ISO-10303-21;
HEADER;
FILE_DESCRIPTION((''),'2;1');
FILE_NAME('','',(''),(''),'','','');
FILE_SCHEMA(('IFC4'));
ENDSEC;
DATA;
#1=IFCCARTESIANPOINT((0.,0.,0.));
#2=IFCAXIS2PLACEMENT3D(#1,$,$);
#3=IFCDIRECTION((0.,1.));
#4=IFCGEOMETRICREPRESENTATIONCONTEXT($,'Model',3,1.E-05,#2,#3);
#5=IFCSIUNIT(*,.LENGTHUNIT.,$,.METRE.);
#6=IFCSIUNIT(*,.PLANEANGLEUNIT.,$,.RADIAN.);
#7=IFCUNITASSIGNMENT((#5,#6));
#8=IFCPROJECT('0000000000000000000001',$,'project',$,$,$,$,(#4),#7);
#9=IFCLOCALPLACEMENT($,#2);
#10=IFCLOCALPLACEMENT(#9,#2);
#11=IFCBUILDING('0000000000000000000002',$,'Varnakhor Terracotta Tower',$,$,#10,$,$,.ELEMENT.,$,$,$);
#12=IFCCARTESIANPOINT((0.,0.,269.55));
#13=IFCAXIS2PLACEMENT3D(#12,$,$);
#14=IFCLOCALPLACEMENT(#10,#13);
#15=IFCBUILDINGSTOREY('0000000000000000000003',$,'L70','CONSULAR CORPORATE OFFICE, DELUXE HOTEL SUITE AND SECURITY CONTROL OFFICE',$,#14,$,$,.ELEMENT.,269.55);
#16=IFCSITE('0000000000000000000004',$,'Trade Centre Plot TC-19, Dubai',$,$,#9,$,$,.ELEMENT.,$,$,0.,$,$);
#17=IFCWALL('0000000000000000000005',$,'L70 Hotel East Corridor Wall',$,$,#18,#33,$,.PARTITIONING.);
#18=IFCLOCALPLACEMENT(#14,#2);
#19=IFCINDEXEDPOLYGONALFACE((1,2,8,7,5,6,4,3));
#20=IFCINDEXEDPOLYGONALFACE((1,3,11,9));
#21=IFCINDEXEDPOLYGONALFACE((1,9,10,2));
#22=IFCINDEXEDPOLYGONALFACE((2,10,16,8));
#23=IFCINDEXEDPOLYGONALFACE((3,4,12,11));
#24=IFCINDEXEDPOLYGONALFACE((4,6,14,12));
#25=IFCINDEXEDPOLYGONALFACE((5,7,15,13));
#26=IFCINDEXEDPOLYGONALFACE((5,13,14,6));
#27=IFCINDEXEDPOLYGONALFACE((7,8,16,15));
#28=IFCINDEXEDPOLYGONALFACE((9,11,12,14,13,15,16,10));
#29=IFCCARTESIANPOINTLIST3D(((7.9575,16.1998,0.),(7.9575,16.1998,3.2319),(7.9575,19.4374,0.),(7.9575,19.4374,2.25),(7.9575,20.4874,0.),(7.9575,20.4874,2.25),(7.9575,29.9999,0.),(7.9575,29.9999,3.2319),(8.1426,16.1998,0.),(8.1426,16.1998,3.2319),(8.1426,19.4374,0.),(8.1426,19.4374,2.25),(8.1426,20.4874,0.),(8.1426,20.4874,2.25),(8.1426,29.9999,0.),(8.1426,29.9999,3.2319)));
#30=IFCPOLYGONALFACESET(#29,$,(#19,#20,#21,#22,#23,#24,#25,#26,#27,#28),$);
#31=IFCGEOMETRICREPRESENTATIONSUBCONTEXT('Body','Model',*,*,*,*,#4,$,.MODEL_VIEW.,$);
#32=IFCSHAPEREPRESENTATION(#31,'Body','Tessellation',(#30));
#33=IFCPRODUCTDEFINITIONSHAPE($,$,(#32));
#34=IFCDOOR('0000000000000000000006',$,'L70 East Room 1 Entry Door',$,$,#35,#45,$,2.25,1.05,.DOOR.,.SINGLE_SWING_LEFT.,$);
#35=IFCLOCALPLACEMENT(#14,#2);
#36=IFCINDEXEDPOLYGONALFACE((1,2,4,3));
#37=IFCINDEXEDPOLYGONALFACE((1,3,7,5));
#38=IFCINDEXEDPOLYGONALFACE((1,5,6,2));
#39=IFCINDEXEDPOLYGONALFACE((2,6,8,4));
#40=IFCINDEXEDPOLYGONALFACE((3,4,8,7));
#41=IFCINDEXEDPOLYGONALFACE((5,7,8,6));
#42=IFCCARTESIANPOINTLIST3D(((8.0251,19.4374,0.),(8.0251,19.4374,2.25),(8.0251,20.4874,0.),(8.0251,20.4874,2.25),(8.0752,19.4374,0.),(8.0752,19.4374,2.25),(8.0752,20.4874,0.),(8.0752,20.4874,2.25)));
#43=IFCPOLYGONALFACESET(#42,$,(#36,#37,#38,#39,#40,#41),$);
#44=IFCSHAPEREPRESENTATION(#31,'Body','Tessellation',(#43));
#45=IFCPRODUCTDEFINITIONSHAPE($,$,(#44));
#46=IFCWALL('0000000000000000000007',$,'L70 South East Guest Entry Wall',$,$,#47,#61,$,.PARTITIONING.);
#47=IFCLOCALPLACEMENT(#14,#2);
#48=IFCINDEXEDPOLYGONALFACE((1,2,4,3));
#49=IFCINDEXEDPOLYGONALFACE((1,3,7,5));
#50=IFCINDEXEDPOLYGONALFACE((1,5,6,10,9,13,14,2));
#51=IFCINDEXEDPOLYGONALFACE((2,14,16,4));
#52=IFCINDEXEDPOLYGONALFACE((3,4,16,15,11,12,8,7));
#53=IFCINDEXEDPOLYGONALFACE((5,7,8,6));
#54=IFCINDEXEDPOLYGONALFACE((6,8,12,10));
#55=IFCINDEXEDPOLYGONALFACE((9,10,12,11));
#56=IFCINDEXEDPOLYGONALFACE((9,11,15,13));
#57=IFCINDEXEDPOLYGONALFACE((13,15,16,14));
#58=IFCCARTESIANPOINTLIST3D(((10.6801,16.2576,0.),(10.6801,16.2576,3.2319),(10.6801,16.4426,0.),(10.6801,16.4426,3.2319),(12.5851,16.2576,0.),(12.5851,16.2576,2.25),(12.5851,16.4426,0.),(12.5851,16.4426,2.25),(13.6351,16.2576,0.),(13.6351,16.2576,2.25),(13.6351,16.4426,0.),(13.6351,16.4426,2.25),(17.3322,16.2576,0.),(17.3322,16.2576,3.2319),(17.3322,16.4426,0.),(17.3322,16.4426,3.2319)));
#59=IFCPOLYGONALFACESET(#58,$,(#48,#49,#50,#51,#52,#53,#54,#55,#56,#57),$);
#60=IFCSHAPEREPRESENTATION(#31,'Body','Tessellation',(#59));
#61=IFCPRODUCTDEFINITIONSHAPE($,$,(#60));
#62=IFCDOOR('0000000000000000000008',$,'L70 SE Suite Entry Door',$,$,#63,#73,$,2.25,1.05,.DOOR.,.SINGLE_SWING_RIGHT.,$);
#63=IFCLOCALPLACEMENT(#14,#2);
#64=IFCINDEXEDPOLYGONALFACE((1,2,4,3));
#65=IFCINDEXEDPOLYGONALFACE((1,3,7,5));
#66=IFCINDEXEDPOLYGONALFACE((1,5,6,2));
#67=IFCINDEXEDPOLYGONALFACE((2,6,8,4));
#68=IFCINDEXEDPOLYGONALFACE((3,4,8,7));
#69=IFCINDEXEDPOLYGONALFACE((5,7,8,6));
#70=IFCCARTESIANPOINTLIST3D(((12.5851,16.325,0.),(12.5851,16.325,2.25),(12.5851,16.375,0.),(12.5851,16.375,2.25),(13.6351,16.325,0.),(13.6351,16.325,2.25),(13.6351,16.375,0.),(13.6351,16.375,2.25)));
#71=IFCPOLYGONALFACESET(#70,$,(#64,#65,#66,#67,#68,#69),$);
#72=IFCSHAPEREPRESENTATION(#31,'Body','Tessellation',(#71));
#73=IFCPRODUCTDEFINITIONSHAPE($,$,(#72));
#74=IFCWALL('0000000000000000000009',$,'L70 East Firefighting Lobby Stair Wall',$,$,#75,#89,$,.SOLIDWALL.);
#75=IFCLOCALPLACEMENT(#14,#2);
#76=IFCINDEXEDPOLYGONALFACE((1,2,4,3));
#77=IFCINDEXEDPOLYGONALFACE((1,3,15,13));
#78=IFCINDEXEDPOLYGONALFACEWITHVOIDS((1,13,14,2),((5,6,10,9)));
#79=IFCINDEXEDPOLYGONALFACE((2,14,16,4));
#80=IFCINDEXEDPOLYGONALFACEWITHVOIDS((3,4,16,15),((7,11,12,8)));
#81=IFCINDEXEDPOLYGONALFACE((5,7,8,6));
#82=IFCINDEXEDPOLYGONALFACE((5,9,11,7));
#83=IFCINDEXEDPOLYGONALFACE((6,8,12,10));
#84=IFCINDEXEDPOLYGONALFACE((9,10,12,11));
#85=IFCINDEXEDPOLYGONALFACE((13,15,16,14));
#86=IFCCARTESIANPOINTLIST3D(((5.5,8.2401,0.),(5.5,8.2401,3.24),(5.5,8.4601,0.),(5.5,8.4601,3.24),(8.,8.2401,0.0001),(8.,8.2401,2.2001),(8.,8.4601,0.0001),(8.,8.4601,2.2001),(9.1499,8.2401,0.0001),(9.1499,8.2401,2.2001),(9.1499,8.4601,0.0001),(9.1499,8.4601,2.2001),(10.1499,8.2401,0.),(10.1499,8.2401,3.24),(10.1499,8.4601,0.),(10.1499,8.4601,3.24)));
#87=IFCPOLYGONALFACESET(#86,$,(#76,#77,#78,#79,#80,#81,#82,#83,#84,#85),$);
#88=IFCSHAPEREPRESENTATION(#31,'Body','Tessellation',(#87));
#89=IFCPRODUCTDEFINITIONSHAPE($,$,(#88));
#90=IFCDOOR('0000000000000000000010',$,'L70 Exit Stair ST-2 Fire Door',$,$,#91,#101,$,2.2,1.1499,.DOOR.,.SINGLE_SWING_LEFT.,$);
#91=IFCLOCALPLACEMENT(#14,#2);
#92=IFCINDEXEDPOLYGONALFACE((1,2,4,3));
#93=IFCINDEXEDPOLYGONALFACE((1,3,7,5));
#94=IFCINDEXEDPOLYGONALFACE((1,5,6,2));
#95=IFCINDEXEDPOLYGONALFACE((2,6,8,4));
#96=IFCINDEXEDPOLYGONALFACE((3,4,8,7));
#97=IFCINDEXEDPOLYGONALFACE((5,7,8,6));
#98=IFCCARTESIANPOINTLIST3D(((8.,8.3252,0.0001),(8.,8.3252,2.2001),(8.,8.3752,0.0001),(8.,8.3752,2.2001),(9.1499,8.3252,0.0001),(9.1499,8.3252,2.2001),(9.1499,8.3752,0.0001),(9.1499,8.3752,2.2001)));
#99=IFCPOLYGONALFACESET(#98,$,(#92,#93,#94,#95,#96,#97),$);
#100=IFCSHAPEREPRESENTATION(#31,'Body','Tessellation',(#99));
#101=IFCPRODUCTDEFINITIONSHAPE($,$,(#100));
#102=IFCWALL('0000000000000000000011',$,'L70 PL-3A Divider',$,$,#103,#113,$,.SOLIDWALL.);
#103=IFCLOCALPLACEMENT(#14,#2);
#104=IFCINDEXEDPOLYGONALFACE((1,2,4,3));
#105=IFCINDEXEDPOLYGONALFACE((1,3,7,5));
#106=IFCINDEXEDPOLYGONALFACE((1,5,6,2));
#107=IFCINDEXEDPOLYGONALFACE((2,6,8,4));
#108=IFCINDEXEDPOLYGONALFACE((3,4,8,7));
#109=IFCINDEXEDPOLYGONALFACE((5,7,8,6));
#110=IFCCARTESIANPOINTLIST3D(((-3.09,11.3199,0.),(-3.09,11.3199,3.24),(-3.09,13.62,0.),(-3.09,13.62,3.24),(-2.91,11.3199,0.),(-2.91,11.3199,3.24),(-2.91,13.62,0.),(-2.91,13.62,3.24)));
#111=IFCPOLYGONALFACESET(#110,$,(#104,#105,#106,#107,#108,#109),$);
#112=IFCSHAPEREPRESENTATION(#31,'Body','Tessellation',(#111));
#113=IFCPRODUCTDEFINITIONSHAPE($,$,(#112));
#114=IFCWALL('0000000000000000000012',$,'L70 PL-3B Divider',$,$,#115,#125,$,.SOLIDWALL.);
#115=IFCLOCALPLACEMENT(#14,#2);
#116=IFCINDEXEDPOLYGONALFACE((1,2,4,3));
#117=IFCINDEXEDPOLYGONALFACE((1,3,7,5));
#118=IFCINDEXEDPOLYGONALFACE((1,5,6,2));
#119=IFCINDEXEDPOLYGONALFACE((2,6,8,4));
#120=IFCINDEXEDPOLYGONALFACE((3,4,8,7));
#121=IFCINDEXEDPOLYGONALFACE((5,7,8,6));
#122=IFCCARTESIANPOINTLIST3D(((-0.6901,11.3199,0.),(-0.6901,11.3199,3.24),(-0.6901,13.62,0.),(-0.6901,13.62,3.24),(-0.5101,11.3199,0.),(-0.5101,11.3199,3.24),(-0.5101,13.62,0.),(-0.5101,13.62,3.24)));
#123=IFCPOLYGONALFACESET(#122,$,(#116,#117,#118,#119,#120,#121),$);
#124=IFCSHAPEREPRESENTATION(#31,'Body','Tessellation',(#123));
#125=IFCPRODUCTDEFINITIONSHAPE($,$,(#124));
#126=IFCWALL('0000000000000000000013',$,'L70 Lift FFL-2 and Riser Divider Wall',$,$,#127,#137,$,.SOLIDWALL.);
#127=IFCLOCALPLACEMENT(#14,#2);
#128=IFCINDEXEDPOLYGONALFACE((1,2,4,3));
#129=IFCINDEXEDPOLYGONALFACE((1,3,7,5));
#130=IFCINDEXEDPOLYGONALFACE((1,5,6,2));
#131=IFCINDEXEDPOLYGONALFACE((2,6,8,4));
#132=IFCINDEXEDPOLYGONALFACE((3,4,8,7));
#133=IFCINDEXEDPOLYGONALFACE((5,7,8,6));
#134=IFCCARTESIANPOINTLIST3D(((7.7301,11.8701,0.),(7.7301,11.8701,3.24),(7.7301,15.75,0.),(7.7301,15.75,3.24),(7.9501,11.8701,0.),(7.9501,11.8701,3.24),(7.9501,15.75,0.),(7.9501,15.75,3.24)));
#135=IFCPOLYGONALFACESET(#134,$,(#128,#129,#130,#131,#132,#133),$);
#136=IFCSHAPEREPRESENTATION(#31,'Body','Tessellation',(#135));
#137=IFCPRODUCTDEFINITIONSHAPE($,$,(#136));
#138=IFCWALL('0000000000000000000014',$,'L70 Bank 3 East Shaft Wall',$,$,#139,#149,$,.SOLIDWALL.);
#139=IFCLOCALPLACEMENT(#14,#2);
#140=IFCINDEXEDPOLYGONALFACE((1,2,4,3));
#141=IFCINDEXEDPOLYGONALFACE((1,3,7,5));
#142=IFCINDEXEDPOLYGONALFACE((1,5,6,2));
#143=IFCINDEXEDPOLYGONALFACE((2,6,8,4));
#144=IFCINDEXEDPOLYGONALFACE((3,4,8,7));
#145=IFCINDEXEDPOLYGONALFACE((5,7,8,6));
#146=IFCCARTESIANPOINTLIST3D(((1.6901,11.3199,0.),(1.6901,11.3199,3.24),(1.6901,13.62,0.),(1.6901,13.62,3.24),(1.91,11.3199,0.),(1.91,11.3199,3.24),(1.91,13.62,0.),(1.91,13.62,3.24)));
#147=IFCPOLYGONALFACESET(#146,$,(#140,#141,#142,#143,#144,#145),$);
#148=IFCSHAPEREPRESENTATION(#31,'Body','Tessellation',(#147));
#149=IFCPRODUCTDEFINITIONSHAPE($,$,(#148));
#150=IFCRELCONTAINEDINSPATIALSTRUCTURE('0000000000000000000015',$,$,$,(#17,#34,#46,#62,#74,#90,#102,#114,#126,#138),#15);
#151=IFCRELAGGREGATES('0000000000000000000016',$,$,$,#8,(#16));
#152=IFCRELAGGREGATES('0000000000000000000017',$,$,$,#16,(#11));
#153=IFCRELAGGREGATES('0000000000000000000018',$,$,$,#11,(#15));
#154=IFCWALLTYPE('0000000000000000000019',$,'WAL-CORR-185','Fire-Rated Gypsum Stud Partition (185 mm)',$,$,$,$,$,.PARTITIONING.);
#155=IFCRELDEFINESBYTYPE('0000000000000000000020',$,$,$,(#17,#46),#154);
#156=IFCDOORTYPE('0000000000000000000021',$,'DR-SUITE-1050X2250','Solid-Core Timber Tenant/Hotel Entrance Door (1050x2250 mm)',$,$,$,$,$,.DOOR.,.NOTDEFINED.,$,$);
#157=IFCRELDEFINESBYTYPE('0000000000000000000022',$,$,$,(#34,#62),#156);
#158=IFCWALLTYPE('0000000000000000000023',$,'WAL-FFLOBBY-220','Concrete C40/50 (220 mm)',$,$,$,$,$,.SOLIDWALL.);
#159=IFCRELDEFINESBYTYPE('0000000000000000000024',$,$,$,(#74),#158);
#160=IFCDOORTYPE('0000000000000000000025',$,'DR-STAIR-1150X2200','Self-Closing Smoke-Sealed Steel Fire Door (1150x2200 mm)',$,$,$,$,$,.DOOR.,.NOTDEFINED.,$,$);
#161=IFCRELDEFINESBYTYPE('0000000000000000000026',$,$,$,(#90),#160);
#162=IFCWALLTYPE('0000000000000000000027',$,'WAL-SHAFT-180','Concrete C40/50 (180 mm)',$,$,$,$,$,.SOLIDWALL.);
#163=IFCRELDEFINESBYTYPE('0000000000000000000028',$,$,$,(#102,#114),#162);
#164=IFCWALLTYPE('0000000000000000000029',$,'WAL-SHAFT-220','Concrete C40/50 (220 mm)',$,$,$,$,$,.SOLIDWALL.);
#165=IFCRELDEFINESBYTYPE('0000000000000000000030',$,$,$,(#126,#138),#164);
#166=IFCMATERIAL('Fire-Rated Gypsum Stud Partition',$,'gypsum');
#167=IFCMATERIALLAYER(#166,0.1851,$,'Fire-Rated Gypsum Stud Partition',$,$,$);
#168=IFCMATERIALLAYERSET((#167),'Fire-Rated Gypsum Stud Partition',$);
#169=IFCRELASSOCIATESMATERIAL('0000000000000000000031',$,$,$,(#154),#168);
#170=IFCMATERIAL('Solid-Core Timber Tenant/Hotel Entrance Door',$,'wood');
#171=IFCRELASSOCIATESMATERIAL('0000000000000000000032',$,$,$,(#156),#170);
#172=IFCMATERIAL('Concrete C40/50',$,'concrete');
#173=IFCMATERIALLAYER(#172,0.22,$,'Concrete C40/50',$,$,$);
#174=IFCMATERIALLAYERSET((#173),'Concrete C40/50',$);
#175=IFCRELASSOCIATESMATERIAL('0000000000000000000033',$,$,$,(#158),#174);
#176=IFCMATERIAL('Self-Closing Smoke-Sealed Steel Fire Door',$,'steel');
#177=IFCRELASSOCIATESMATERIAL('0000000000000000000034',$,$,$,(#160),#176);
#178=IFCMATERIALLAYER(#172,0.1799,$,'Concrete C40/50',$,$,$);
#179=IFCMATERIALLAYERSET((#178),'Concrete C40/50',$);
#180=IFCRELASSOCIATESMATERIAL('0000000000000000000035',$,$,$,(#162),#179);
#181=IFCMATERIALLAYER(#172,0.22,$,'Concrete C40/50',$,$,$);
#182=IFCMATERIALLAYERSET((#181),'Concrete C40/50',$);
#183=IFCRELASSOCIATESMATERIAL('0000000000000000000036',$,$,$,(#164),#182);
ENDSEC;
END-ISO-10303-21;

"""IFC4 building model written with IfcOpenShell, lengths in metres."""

from ifc_helpers import new_model, si_unit, direction, frame, frame_2d, origin, place, context, subcontext, project, spatial, rectangle, extrude, source, transform, mapped, material, layer, layer_set, type_object, type_shapes, element, fill, save


model = new_model("IFC4")

# Units and contexts
model_context = context("Model", 3, precision=1e-05, world=origin(), true_north=direction((0.0, 1.0)))
body_context = subcontext(model_context, "Body", "Model", "MODEL_VIEW")
ifc_project = project(units=[si_unit("LENGTHUNIT", "METRE"), si_unit("PLANEANGLEUNIT", "RADIAN")], contexts=[model_context])

# Site, building, storey
site_placement = place(None, origin())
site = spatial("IfcSite", under=ifc_project, at=site_placement, Name="Trade Centre Plot TC-19, Dubai", CompositionType="ELEMENT", RefElevation=0.0)
building_placement = place(site_placement, origin())
building = spatial("IfcBuilding", under=site, at=building_placement, Name="Varnakhor Terracotta Tower", CompositionType="ELEMENT")
storey_placement = place(building_placement, frame((0.0, 0.0, 269.55)))
storey = spatial("IfcBuildingStorey", under=building, at=storey_placement, Name="L70", Description="CONSULAR CORPORATE OFFICE, DELUXE HOTEL SUITE AND SECURITY CONTROL OFFICE", CompositionType="ELEMENT", Elevation=269.55)

# Shared definitions
ifc_material_1 = material(Name="Fire-Rated Gypsum Stud Partition", Category="gypsum")
ifc_layer_1 = layer(ifc_material_1, 0.1851, Name="Fire-Rated Gypsum Stud Partition")
ifc_layer_set_1 = layer_set([ifc_layer_1], Name="Fire-Rated Gypsum Stud Partition")
wall_type_1 = type_object("IfcWallType", Name="WAL-CORR-185", Description="Fire-Rated Gypsum Stud Partition (185 mm)", PredefinedType="PARTITIONING", material=ifc_layer_set_1)

# Walls, openings, doors
wall_1_placement = place(storey_placement, frame((8.05, 16.2, 0.0), z_axis=(0.0, 0.0, 1.0), x_axis=(0.0, 1.0, 0.0)))
wall_1 = element("IfcWall", 1, at=wall_1_placement, inside=storey, type_object=wall_type_1, Name="L70 Hotel East Corridor Wall", PredefinedType="PARTITIONING", context=body_context, shape_type="SweptSolid", body=[
    extrude(rectangle(XDim=13.8, YDim=0.1851, at=frame_2d((6.8999, 0.0))), origin(), (0.0, 0.0, 1.0), 3.2319),
])
opening_1_placement = place(wall_1_placement, frame((3.2375, 0.0, 0.0)))
opening_1 = element("IfcOpeningElement", 2, at=opening_1_placement, cuts=wall_1, PredefinedType="OPENING", context=body_context, shape_type="SweptSolid", body=[
    extrude(rectangle(XDim=1.05, YDim=2.25, at=frame_2d((0.5249, 1.125))), frame((0.0, 0.1025, 0.0), z_axis=(0.0, -1.0, 0.0), x_axis=(1.0, 0.0, 0.0)), (0.0, 0.0, 1.0), 0.2051),
])
ifc_material_2 = material(Name="Solid-Core Timber Tenant/Hotel Entrance Door", Category="wood")
door_type_1 = type_object("IfcDoorType", Name="DR-SUITE-1050X2250", Description="Solid-Core Timber Tenant/Hotel Entrance Door (1050x2250 mm)", OperationType="NOTDEFINED", PredefinedType="DOOR", material=ifc_material_2)
shared_shape_1 = source(origin(), body_context, "Body", "SweptSolid", [
    extrude(rectangle(XDim=1.05, YDim=2.25, at=frame_2d((0.5249, 1.125))), frame((0.0, 0.0249, 0.0), z_axis=(0.0, -1.0, 0.0), x_axis=(1.0, 0.0, 0.0)), (0.0, 0.0, 1.0), 0.05),
])
type_shapes(door_type_1, [shared_shape_1])
door_1_placement = place(opening_1_placement, origin())
door_1 = element("IfcDoor", 3, at=door_1_placement, inside=storey, type_object=door_type_1, Name="L70 East Room 1 Entry Door", OperationType="SINGLE_SWING_LEFT", OverallHeight=2.25, OverallWidth=1.05, PredefinedType="DOOR", context=body_context, shape_type="MappedRepresentation", body=[
    mapped(shared_shape_1, transform((0.0, 0.0, 0.0), scale=1.0)),
])
fill(opening_1, door_1)
wall_2_placement = place(storey_placement, frame((10.6799, 16.3501, 0.0), z_axis=(0.0, 0.0, 1.0), x_axis=(1.0, 0.0, 0.0)))
wall_2 = element("IfcWall", 4, at=wall_2_placement, inside=storey, type_object=wall_type_1, Name="L70 South East Guest Entry Wall", PredefinedType="PARTITIONING", context=body_context, shape_type="SweptSolid", body=[
    extrude(rectangle(XDim=6.6521, YDim=0.1851, at=frame_2d((3.3262, 0.0))), origin(), (0.0, 0.0, 1.0), 3.2319),
])
opening_2_placement = place(wall_2_placement, frame((1.9053, 0.0, 0.0)))
opening_2 = element("IfcOpeningElement", 5, at=opening_2_placement, cuts=wall_2, PredefinedType="OPENING", context=body_context, shape_type="SweptSolid", body=[
    extrude(rectangle(XDim=1.05, YDim=2.25, at=frame_2d((0.5249, 1.125))), frame((0.0, 0.1025, 0.0), z_axis=(0.0, -1.0, 0.0), x_axis=(1.0, 0.0, 0.0)), (0.0, 0.0, 1.0), 0.2051),
])
door_2_placement = place(opening_2_placement, origin())
door_2 = element("IfcDoor", 6, at=door_2_placement, inside=storey, type_object=door_type_1, Name="L70 SE Suite Entry Door", OperationType="SINGLE_SWING_RIGHT", OverallHeight=2.25, OverallWidth=1.05, PredefinedType="DOOR", context=body_context, shape_type="MappedRepresentation", body=[
    mapped(shared_shape_1, transform((0.0, 0.0, 0.0), scale=1.0)),
])
fill(opening_2, door_2)
ifc_material_3 = material(Name="Concrete C40/50", Category="concrete")
ifc_layer_2 = layer(ifc_material_3, 0.22, Name="Concrete C40/50")
ifc_layer_set_2 = layer_set([ifc_layer_2], Name="Concrete C40/50")
wall_type_2 = type_object("IfcWallType", Name="WAL-FFLOBBY-220", Description="Concrete C40/50 (220 mm)", PredefinedType="SOLIDWALL", material=ifc_layer_set_2)
wall_3_placement = place(storey_placement, frame((10.1499, 8.3501, 0.0), z_axis=(0.0, 0.0, 1.0), x_axis=(-1.0, 0.0, 0.0)))
wall_3 = element("IfcWall", 7, at=wall_3_placement, inside=storey, type_object=wall_type_2, Name="L70 East Firefighting Lobby Stair Wall", PredefinedType="SOLIDWALL", context=body_context, shape_type="SweptSolid", body=[
    extrude(rectangle(XDim=4.6499, YDim=0.22, at=frame_2d((2.325, 0.0))), origin(), (0.0, 0.0, 1.0), 3.24),
])
opening_3_placement = place(wall_3_placement, frame((1.0, 0.0, 0.0)))
opening_3 = element("IfcOpeningElement", 8, at=opening_3_placement, cuts=wall_3, PredefinedType="OPENING", context=body_context, shape_type="SweptSolid", body=[
    extrude(rectangle(XDim=1.1499, YDim=2.2, at=frame_2d((0.575, 1.1001))), frame((0.0, 0.1201, 0.0), z_axis=(0.0, -1.0, 0.0), x_axis=(1.0, 0.0, 0.0)), (0.0, 0.0, 1.0), 0.24),
])
ifc_material_4 = material(Name="Self-Closing Smoke-Sealed Steel Fire Door", Category="steel")
door_type_2 = type_object("IfcDoorType", Name="DR-STAIR-1150X2200", Description="Self-Closing Smoke-Sealed Steel Fire Door (1150x2200 mm)", OperationType="NOTDEFINED", PredefinedType="DOOR", material=ifc_material_4)
shared_shape_2 = source(origin(), body_context, "Body", "SweptSolid", [
    extrude(rectangle(XDim=1.1499, YDim=2.2, at=frame_2d((0.575, 1.1001))), frame((0.0, 0.0249, 0.0), z_axis=(0.0, -1.0, 0.0), x_axis=(1.0, 0.0, 0.0)), (0.0, 0.0, 1.0), 0.05),
])
type_shapes(door_type_2, [shared_shape_2])
door_3_placement = place(opening_3_placement, origin())
door_3 = element("IfcDoor", 9, at=door_3_placement, inside=storey, type_object=door_type_2, Name="L70 Exit Stair ST-2 Fire Door", OperationType="SINGLE_SWING_LEFT", OverallHeight=2.2, OverallWidth=1.1499, PredefinedType="DOOR", context=body_context, shape_type="MappedRepresentation", body=[
    mapped(shared_shape_2, transform((0.0, 0.0, 0.0), scale=1.0)),
])
fill(opening_3, door_3)

# Walls
ifc_layer_3 = layer(ifc_material_3, 0.1799, Name="Concrete C40/50")
ifc_layer_set_3 = layer_set([ifc_layer_3], Name="Concrete C40/50")
wall_type_3 = type_object("IfcWallType", Name="WAL-SHAFT-180", Description="Concrete C40/50 (180 mm)", PredefinedType="SOLIDWALL", material=ifc_layer_set_3)
for number, where, z_axis, x_axis, name in (
    (10, (-3.0, 11.3201, 0.0), (0.0, 0.0, 1.0), (0.0, 1.0, 0.0), "L70 PL-3A Divider"),
    (11, (-0.6001, 11.3201, 0.0), (0.0, 0.0, 1.0), (0.0, 1.0, 0.0), "L70 PL-3B Divider"),
):
    element("IfcWall", number, at=place(storey_placement, frame(where, z_axis=z_axis, x_axis=x_axis)), inside=storey, type_object=wall_type_3, Name=name, PredefinedType="SOLIDWALL", context=body_context, shape_type="SweptSolid", body=[
        extrude(rectangle(XDim=2.3, YDim=0.1799, at=frame_2d((1.1499, 0.0))), origin(), (0.0, 0.0, 1.0), 3.24),
    ])
ifc_layer_4 = layer(ifc_material_3, 0.22, Name="Concrete C40/50")
ifc_layer_set_4 = layer_set([ifc_layer_4], Name="Concrete C40/50")
wall_type_4 = type_object("IfcWallType", Name="WAL-SHAFT-220", Description="Concrete C40/50 (220 mm)", PredefinedType="SOLIDWALL", material=ifc_layer_set_4)
wall_4_placement = place(storey_placement, frame((7.8401, 11.8701, 0.0), z_axis=(0.0, 0.0, 1.0), x_axis=(0.0, 1.0, 0.0)))
element("IfcWall", 12, at=wall_4_placement, inside=storey, type_object=wall_type_4, Name="L70 Lift FFL-2 and Riser Divider Wall", PredefinedType="SOLIDWALL", context=body_context, shape_type="SweptSolid", body=[
    extrude(rectangle(XDim=3.8799, YDim=0.22, at=frame_2d((1.9399, 0.0))), origin(), (0.0, 0.0, 1.0), 3.24),
])
wall_5_placement = place(storey_placement, frame((1.8, 11.3201, 0.0), z_axis=(0.0, 0.0, 1.0), x_axis=(0.0, 1.0, 0.0)))
element("IfcWall", 13, at=wall_5_placement, inside=storey, type_object=wall_type_4, Name="L70 Bank 3 East Shaft Wall", PredefinedType="SOLIDWALL", context=body_context, shape_type="SweptSolid", body=[
    extrude(rectangle(XDim=2.3, YDim=0.22, at=frame_2d((1.1499, 0.0))), origin(), (0.0, 0.0, 1.0), 3.24),
])

save(model, "model.ifc")
